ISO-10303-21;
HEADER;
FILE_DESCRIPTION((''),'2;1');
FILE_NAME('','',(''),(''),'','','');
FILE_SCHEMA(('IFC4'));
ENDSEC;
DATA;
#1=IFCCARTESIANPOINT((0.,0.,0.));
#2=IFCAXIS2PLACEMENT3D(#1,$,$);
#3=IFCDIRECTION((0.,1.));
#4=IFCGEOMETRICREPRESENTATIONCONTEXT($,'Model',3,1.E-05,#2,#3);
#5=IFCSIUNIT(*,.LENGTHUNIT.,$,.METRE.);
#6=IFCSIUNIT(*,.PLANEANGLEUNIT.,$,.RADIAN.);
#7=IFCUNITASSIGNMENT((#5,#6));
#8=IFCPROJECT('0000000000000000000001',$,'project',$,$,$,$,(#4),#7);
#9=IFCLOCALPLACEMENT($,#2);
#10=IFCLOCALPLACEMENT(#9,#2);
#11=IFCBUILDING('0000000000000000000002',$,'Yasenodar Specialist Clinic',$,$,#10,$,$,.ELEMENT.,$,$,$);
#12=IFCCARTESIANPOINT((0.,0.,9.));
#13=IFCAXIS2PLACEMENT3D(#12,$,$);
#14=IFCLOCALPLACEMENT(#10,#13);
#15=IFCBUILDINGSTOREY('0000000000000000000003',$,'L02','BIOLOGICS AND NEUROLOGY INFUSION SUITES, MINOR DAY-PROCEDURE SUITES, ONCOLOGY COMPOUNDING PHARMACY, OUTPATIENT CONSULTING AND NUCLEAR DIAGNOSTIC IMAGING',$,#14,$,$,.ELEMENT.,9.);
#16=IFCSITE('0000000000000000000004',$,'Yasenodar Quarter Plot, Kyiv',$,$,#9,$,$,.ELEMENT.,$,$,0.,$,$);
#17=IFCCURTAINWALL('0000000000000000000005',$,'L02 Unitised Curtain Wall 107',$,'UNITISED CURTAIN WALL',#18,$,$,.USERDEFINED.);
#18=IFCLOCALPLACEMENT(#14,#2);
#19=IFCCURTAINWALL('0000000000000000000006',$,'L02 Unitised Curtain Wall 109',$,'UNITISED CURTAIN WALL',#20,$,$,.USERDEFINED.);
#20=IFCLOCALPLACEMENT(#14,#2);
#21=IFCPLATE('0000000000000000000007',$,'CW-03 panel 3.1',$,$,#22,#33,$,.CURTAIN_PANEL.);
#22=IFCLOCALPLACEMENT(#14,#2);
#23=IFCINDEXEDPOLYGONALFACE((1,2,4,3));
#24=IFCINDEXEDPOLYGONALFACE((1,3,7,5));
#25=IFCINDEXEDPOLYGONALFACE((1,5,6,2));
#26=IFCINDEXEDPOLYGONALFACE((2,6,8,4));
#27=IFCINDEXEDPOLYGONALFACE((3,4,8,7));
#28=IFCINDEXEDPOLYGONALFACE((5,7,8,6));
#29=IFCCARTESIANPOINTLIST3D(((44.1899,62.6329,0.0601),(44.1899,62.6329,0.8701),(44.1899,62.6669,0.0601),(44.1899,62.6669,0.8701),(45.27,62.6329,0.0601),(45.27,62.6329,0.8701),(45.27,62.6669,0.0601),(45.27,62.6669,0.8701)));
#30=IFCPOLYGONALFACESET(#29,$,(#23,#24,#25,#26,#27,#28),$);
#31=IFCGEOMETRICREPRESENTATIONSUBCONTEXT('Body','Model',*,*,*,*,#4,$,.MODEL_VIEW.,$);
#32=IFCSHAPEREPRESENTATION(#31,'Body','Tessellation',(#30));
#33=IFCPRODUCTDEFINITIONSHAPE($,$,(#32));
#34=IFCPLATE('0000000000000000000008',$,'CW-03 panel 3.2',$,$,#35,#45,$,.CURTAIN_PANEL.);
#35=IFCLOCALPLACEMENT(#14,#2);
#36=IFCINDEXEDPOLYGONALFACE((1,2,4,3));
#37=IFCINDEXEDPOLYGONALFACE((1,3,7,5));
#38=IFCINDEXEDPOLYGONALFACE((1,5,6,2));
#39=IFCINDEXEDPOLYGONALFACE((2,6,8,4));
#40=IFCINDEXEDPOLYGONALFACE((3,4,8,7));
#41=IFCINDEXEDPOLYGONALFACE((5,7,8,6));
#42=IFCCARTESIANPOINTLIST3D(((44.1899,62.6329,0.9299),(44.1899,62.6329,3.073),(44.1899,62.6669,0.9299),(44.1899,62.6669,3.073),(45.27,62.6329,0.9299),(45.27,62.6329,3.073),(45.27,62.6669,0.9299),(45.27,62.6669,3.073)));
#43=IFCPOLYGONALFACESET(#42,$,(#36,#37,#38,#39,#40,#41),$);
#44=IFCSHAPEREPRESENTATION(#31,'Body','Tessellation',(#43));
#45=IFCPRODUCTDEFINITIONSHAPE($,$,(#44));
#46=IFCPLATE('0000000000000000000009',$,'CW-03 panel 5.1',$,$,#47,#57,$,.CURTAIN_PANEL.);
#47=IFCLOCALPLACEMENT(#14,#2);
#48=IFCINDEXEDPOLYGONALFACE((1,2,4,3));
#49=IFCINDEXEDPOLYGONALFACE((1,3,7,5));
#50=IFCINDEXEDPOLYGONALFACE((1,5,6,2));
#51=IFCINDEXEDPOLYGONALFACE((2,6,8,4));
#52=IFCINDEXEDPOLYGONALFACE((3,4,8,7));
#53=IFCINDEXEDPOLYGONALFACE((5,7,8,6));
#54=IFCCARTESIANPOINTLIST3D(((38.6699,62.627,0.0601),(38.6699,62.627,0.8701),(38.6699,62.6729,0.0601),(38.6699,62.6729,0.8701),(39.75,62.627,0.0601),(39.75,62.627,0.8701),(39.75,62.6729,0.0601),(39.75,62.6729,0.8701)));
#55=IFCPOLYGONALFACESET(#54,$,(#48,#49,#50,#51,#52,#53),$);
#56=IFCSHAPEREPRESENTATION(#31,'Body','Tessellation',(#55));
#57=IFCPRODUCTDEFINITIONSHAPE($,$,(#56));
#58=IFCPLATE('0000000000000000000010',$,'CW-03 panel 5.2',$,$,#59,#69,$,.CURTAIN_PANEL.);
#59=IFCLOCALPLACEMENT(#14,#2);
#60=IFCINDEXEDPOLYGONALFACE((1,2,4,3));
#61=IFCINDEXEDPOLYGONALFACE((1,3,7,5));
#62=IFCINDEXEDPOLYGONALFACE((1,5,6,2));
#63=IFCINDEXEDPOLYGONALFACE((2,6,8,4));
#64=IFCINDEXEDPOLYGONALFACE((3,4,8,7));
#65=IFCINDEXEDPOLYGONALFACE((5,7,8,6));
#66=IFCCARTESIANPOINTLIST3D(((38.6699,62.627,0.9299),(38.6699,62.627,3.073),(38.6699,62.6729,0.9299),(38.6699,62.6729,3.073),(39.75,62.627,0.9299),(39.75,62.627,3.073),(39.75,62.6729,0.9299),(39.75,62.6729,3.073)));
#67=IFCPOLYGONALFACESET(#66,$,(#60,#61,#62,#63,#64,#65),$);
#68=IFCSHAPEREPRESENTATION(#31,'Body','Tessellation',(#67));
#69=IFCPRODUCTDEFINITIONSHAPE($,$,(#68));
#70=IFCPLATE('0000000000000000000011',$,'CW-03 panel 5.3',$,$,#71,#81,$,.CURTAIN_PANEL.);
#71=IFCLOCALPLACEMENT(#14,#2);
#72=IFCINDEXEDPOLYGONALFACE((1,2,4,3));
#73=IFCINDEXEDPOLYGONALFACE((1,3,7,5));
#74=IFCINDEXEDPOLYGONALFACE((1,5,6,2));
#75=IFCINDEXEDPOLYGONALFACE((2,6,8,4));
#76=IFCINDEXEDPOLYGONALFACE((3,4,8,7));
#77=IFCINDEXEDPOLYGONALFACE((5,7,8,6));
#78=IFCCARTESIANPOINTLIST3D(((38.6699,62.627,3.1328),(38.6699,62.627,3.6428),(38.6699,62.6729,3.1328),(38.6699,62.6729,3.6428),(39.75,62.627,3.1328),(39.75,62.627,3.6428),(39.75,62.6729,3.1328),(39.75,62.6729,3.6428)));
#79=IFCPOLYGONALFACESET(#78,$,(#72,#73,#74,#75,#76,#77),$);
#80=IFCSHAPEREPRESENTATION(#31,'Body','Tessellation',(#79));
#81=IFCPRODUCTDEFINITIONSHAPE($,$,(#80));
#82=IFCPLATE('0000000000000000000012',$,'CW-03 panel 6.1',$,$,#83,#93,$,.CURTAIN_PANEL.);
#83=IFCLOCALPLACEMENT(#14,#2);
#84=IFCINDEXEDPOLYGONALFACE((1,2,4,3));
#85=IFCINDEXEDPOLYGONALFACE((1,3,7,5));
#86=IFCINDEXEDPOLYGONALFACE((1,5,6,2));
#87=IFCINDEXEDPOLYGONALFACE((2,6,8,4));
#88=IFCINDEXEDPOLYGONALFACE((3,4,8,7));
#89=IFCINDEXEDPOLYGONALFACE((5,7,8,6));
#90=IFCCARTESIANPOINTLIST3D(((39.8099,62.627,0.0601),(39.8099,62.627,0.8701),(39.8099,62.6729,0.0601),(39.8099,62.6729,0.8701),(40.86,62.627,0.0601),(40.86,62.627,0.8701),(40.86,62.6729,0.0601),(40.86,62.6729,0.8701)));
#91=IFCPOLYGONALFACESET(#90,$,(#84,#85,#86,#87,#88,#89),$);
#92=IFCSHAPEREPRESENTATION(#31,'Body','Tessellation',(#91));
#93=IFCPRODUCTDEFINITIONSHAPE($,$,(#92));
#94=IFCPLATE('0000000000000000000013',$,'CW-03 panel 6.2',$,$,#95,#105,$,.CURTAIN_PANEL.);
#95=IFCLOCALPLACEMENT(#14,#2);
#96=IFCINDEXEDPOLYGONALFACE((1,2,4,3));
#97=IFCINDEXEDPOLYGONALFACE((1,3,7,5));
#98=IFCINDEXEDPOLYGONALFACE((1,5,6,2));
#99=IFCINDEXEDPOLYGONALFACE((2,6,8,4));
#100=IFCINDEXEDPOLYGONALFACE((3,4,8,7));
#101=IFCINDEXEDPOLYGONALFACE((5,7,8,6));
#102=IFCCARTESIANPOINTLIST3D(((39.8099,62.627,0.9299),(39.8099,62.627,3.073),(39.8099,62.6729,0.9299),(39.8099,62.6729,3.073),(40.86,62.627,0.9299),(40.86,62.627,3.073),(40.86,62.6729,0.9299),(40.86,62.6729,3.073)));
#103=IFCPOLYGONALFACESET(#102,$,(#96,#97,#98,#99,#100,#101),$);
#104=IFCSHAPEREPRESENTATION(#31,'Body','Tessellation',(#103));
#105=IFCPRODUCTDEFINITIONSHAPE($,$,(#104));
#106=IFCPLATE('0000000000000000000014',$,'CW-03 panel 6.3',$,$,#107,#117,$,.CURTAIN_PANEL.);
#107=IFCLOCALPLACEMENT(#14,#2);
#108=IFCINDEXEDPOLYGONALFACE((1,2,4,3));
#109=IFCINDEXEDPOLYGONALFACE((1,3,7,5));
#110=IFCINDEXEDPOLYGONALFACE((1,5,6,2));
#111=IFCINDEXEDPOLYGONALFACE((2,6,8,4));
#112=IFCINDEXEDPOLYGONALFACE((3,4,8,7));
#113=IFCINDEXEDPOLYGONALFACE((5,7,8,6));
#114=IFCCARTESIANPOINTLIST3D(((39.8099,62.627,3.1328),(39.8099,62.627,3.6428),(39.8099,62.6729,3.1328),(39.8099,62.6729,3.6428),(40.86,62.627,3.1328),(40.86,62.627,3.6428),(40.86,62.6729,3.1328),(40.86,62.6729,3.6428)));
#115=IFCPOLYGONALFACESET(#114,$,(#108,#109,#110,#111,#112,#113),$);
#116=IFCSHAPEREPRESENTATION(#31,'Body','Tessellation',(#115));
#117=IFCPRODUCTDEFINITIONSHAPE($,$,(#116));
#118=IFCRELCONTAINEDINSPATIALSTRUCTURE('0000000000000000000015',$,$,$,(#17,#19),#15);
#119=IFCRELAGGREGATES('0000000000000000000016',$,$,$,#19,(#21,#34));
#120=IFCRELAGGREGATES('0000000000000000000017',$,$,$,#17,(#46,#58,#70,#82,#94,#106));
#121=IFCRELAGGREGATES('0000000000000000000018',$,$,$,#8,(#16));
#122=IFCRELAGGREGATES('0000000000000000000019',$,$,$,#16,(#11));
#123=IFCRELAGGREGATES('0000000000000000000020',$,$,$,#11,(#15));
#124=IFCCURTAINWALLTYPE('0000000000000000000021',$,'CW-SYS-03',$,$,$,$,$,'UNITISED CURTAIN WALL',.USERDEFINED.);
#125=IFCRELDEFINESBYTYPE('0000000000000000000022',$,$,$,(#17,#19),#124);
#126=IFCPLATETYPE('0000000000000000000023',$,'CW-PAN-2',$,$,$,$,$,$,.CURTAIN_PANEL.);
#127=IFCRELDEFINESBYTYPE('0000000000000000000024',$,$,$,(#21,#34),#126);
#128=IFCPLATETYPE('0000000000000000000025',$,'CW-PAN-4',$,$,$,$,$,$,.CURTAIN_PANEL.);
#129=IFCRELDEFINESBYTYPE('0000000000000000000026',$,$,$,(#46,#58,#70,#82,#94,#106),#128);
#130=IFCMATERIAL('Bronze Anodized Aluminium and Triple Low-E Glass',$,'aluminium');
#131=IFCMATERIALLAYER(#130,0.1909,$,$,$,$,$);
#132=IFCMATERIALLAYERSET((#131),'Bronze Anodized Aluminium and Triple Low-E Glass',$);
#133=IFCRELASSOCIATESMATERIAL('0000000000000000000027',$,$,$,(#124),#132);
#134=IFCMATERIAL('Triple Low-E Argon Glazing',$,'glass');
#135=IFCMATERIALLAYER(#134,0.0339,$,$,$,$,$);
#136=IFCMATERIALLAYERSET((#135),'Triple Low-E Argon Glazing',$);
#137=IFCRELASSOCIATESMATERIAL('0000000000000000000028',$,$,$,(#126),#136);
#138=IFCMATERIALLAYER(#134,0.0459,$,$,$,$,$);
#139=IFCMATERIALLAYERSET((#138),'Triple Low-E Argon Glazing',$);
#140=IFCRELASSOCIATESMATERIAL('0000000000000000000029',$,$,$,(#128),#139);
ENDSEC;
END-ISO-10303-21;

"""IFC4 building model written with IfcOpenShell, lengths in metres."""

from ifc_helpers import new_model, si_unit, direction, frame, origin, origin_2d, place, context, subcontext, project, spatial, rectangle, extrude, material, layer, layer_set, type_object, element, aggregate, save


model = new_model("IFC4")

# Units and contexts
model_context = context("Model", 3, precision=1e-05, world=origin(), true_north=direction((0.0, 1.0)))
body_context = subcontext(model_context, "Body", "Model", "MODEL_VIEW")
ifc_project = project(units=[si_unit("LENGTHUNIT", "METRE"), si_unit("PLANEANGLEUNIT", "RADIAN")], contexts=[model_context])

# Site, building, storey
site_placement = place(None, origin())
site = spatial("IfcSite", under=ifc_project, at=site_placement, Name="Yasenodar Quarter Plot, Kyiv", CompositionType="ELEMENT", RefElevation=0.0)
building_placement = place(site_placement, origin())
building = spatial("IfcBuilding", under=site, at=building_placement, Name="Yasenodar Specialist Clinic", CompositionType="ELEMENT")
storey_placement = place(building_placement, frame((0.0, 0.0, 9.0)))
storey = spatial("IfcBuildingStorey", under=building, at=storey_placement, Name="L02", Description="BIOLOGICS AND NEUROLOGY INFUSION SUITES, MINOR DAY-PROCEDURE SUITES, ONCOLOGY COMPOUNDING PHARMACY, OUTPATIENT CONSULTING AND NUCLEAR DIAGNOSTIC IMAGING", CompositionType="ELEMENT", Elevation=9.0)

# Curtain walls
ifc_material_1 = material(Name="Bronze Anodized Aluminium and Triple Low-E Glass", Category="aluminium")
ifc_layer_1 = layer(ifc_material_1, 0.1909)
ifc_layer_set_1 = layer_set([ifc_layer_1], Name="Bronze Anodized Aluminium and Triple Low-E Glass")
curtain_wall_type = type_object("IfcCurtainWallType", Name="CW-SYS-03", ElementType="UNITISED CURTAIN WALL", PredefinedType="USERDEFINED", material=ifc_layer_set_1)
curtain_wall_1_placement = place(storey_placement, origin())
curtain_wall_1 = element("IfcCurtainWall", 1, at=curtain_wall_1_placement, inside=storey, type_object=curtain_wall_type, Name="L02 Unitised Curtain Wall 107", ObjectType="UNITISED CURTAIN WALL", PredefinedType="USERDEFINED")
curtain_wall_2_placement = place(storey_placement, origin())
curtain_wall_2 = element("IfcCurtainWall", 2, at=curtain_wall_2_placement, inside=storey, type_object=curtain_wall_type, Name="L02 Unitised Curtain Wall 109", ObjectType="UNITISED CURTAIN WALL", PredefinedType="USERDEFINED")

# Plates
ifc_material_2 = material(Name="Triple Low-E Argon Glazing", Category="glass")
ifc_layer_2 = layer(ifc_material_2, 0.0339)
ifc_layer_set_2 = layer_set([ifc_layer_2], Name="Triple Low-E Argon Glazing")
plate_type_1 = type_object("IfcPlateType", Name="CW-PAN-2", PredefinedType="CURTAIN_PANEL", material=ifc_layer_set_2)
plate_1_placement = place(storey_placement, frame((44.73, 62.6499, 0.0601), z_axis=(0.0, 0.0, 1.0), x_axis=(1.0, 0.0, 0.0)))
plate_1 = element("IfcPlate", 3, at=plate_1_placement, type_object=plate_type_1, Name="CW-03 panel 3.1", PredefinedType="CURTAIN_PANEL", context=body_context, shape_type="SweptSolid", body=[
    extrude(rectangle(XDim=1.0801, YDim=0.0339, at=origin_2d()), origin(), (0.0, 0.0, 1.0), 0.8101),
])
plate_2_placement = place(storey_placement, frame((44.73, 62.6499, 0.9299), z_axis=(0.0, 0.0, 1.0), x_axis=(1.0, 0.0, 0.0)))
plate_2 = element("IfcPlate", 4, at=plate_2_placement, type_object=plate_type_1, Name="CW-03 panel 3.2", PredefinedType="CURTAIN_PANEL", context=body_context, shape_type="SweptSolid", body=[
    extrude(rectangle(XDim=1.0801, YDim=0.0339, at=origin_2d()), origin(), (0.0, 0.0, 1.0), 2.1431),
])
aggregate(curtain_wall_2, [plate_1, plate_2])
ifc_layer_3 = layer(ifc_material_2, 0.0459)
ifc_layer_set_3 = layer_set([ifc_layer_3], Name="Triple Low-E Argon Glazing")
plate_type_2 = type_object("IfcPlateType", Name="CW-PAN-4", PredefinedType="CURTAIN_PANEL", material=ifc_layer_set_3)
plate_3_placement = place(storey_placement, frame((39.21, 62.6499, 0.0601), z_axis=(0.0, 0.0, 1.0), x_axis=(1.0, 0.0, 0.0)))
plate_3 = element("IfcPlate", 5, at=plate_3_placement, type_object=plate_type_2, Name="CW-03 panel 5.1", PredefinedType="CURTAIN_PANEL", context=body_context, shape_type="SweptSolid", body=[
    extrude(rectangle(XDim=1.0801, YDim=0.0459, at=origin_2d()), origin(), (0.0, 0.0, 1.0), 0.8101),
])
plate_4_placement = place(storey_placement, frame((39.21, 62.6499, 0.9299), z_axis=(0.0, 0.0, 1.0), x_axis=(1.0, 0.0, 0.0)))
plate_4 = element("IfcPlate", 6, at=plate_4_placement, type_object=plate_type_2, Name="CW-03 panel 5.2", PredefinedType="CURTAIN_PANEL", context=body_context, shape_type="SweptSolid", body=[
    extrude(rectangle(XDim=1.0801, YDim=0.0459, at=origin_2d()), origin(), (0.0, 0.0, 1.0), 2.1431),
])
plate_5_placement = place(storey_placement, frame((39.21, 62.6499, 3.1328), z_axis=(0.0, 0.0, 1.0), x_axis=(1.0, 0.0, 0.0)))
plate_5 = element("IfcPlate", 7, at=plate_5_placement, type_object=plate_type_2, Name="CW-03 panel 5.3", PredefinedType="CURTAIN_PANEL", context=body_context, shape_type="SweptSolid", body=[
    extrude(rectangle(XDim=1.0801, YDim=0.0459, at=origin_2d()), origin(), (0.0, 0.0, 1.0), 0.51),
])
plate_6_placement = place(storey_placement, frame((40.335, 62.6499, 0.0601), z_axis=(0.0, 0.0, 1.0), x_axis=(1.0, 0.0, 0.0)))
plate_6 = element("IfcPlate", 8, at=plate_6_placement, type_object=plate_type_2, Name="CW-03 panel 6.1", PredefinedType="CURTAIN_PANEL", context=body_context, shape_type="SweptSolid", body=[
    extrude(rectangle(XDim=1.05, YDim=0.0459, at=origin_2d()), origin(), (0.0, 0.0, 1.0), 0.8101),
])
plate_7_placement = place(storey_placement, frame((40.335, 62.6499, 0.9299), z_axis=(0.0, 0.0, 1.0), x_axis=(1.0, 0.0, 0.0)))
plate_7 = element("IfcPlate", 9, at=plate_7_placement, type_object=plate_type_2, Name="CW-03 panel 6.2", PredefinedType="CURTAIN_PANEL", context=body_context, shape_type="SweptSolid", body=[
    extrude(rectangle(XDim=1.05, YDim=0.0459, at=origin_2d()), origin(), (0.0, 0.0, 1.0), 2.1431),
])
plate_8_placement = place(storey_placement, frame((40.335, 62.6499, 3.1328), z_axis=(0.0, 0.0, 1.0), x_axis=(1.0, 0.0, 0.0)))
plate_8 = element("IfcPlate", 10, at=plate_8_placement, type_object=plate_type_2, Name="CW-03 panel 6.3", PredefinedType="CURTAIN_PANEL", context=body_context, shape_type="SweptSolid", body=[
    extrude(rectangle(XDim=1.05, YDim=0.0459, at=origin_2d()), origin(), (0.0, 0.0, 1.0), 0.51),
])
aggregate(curtain_wall_1, [plate_3, plate_4, plate_5, plate_6, plate_7, plate_8])

save(model, "model.ifc")
